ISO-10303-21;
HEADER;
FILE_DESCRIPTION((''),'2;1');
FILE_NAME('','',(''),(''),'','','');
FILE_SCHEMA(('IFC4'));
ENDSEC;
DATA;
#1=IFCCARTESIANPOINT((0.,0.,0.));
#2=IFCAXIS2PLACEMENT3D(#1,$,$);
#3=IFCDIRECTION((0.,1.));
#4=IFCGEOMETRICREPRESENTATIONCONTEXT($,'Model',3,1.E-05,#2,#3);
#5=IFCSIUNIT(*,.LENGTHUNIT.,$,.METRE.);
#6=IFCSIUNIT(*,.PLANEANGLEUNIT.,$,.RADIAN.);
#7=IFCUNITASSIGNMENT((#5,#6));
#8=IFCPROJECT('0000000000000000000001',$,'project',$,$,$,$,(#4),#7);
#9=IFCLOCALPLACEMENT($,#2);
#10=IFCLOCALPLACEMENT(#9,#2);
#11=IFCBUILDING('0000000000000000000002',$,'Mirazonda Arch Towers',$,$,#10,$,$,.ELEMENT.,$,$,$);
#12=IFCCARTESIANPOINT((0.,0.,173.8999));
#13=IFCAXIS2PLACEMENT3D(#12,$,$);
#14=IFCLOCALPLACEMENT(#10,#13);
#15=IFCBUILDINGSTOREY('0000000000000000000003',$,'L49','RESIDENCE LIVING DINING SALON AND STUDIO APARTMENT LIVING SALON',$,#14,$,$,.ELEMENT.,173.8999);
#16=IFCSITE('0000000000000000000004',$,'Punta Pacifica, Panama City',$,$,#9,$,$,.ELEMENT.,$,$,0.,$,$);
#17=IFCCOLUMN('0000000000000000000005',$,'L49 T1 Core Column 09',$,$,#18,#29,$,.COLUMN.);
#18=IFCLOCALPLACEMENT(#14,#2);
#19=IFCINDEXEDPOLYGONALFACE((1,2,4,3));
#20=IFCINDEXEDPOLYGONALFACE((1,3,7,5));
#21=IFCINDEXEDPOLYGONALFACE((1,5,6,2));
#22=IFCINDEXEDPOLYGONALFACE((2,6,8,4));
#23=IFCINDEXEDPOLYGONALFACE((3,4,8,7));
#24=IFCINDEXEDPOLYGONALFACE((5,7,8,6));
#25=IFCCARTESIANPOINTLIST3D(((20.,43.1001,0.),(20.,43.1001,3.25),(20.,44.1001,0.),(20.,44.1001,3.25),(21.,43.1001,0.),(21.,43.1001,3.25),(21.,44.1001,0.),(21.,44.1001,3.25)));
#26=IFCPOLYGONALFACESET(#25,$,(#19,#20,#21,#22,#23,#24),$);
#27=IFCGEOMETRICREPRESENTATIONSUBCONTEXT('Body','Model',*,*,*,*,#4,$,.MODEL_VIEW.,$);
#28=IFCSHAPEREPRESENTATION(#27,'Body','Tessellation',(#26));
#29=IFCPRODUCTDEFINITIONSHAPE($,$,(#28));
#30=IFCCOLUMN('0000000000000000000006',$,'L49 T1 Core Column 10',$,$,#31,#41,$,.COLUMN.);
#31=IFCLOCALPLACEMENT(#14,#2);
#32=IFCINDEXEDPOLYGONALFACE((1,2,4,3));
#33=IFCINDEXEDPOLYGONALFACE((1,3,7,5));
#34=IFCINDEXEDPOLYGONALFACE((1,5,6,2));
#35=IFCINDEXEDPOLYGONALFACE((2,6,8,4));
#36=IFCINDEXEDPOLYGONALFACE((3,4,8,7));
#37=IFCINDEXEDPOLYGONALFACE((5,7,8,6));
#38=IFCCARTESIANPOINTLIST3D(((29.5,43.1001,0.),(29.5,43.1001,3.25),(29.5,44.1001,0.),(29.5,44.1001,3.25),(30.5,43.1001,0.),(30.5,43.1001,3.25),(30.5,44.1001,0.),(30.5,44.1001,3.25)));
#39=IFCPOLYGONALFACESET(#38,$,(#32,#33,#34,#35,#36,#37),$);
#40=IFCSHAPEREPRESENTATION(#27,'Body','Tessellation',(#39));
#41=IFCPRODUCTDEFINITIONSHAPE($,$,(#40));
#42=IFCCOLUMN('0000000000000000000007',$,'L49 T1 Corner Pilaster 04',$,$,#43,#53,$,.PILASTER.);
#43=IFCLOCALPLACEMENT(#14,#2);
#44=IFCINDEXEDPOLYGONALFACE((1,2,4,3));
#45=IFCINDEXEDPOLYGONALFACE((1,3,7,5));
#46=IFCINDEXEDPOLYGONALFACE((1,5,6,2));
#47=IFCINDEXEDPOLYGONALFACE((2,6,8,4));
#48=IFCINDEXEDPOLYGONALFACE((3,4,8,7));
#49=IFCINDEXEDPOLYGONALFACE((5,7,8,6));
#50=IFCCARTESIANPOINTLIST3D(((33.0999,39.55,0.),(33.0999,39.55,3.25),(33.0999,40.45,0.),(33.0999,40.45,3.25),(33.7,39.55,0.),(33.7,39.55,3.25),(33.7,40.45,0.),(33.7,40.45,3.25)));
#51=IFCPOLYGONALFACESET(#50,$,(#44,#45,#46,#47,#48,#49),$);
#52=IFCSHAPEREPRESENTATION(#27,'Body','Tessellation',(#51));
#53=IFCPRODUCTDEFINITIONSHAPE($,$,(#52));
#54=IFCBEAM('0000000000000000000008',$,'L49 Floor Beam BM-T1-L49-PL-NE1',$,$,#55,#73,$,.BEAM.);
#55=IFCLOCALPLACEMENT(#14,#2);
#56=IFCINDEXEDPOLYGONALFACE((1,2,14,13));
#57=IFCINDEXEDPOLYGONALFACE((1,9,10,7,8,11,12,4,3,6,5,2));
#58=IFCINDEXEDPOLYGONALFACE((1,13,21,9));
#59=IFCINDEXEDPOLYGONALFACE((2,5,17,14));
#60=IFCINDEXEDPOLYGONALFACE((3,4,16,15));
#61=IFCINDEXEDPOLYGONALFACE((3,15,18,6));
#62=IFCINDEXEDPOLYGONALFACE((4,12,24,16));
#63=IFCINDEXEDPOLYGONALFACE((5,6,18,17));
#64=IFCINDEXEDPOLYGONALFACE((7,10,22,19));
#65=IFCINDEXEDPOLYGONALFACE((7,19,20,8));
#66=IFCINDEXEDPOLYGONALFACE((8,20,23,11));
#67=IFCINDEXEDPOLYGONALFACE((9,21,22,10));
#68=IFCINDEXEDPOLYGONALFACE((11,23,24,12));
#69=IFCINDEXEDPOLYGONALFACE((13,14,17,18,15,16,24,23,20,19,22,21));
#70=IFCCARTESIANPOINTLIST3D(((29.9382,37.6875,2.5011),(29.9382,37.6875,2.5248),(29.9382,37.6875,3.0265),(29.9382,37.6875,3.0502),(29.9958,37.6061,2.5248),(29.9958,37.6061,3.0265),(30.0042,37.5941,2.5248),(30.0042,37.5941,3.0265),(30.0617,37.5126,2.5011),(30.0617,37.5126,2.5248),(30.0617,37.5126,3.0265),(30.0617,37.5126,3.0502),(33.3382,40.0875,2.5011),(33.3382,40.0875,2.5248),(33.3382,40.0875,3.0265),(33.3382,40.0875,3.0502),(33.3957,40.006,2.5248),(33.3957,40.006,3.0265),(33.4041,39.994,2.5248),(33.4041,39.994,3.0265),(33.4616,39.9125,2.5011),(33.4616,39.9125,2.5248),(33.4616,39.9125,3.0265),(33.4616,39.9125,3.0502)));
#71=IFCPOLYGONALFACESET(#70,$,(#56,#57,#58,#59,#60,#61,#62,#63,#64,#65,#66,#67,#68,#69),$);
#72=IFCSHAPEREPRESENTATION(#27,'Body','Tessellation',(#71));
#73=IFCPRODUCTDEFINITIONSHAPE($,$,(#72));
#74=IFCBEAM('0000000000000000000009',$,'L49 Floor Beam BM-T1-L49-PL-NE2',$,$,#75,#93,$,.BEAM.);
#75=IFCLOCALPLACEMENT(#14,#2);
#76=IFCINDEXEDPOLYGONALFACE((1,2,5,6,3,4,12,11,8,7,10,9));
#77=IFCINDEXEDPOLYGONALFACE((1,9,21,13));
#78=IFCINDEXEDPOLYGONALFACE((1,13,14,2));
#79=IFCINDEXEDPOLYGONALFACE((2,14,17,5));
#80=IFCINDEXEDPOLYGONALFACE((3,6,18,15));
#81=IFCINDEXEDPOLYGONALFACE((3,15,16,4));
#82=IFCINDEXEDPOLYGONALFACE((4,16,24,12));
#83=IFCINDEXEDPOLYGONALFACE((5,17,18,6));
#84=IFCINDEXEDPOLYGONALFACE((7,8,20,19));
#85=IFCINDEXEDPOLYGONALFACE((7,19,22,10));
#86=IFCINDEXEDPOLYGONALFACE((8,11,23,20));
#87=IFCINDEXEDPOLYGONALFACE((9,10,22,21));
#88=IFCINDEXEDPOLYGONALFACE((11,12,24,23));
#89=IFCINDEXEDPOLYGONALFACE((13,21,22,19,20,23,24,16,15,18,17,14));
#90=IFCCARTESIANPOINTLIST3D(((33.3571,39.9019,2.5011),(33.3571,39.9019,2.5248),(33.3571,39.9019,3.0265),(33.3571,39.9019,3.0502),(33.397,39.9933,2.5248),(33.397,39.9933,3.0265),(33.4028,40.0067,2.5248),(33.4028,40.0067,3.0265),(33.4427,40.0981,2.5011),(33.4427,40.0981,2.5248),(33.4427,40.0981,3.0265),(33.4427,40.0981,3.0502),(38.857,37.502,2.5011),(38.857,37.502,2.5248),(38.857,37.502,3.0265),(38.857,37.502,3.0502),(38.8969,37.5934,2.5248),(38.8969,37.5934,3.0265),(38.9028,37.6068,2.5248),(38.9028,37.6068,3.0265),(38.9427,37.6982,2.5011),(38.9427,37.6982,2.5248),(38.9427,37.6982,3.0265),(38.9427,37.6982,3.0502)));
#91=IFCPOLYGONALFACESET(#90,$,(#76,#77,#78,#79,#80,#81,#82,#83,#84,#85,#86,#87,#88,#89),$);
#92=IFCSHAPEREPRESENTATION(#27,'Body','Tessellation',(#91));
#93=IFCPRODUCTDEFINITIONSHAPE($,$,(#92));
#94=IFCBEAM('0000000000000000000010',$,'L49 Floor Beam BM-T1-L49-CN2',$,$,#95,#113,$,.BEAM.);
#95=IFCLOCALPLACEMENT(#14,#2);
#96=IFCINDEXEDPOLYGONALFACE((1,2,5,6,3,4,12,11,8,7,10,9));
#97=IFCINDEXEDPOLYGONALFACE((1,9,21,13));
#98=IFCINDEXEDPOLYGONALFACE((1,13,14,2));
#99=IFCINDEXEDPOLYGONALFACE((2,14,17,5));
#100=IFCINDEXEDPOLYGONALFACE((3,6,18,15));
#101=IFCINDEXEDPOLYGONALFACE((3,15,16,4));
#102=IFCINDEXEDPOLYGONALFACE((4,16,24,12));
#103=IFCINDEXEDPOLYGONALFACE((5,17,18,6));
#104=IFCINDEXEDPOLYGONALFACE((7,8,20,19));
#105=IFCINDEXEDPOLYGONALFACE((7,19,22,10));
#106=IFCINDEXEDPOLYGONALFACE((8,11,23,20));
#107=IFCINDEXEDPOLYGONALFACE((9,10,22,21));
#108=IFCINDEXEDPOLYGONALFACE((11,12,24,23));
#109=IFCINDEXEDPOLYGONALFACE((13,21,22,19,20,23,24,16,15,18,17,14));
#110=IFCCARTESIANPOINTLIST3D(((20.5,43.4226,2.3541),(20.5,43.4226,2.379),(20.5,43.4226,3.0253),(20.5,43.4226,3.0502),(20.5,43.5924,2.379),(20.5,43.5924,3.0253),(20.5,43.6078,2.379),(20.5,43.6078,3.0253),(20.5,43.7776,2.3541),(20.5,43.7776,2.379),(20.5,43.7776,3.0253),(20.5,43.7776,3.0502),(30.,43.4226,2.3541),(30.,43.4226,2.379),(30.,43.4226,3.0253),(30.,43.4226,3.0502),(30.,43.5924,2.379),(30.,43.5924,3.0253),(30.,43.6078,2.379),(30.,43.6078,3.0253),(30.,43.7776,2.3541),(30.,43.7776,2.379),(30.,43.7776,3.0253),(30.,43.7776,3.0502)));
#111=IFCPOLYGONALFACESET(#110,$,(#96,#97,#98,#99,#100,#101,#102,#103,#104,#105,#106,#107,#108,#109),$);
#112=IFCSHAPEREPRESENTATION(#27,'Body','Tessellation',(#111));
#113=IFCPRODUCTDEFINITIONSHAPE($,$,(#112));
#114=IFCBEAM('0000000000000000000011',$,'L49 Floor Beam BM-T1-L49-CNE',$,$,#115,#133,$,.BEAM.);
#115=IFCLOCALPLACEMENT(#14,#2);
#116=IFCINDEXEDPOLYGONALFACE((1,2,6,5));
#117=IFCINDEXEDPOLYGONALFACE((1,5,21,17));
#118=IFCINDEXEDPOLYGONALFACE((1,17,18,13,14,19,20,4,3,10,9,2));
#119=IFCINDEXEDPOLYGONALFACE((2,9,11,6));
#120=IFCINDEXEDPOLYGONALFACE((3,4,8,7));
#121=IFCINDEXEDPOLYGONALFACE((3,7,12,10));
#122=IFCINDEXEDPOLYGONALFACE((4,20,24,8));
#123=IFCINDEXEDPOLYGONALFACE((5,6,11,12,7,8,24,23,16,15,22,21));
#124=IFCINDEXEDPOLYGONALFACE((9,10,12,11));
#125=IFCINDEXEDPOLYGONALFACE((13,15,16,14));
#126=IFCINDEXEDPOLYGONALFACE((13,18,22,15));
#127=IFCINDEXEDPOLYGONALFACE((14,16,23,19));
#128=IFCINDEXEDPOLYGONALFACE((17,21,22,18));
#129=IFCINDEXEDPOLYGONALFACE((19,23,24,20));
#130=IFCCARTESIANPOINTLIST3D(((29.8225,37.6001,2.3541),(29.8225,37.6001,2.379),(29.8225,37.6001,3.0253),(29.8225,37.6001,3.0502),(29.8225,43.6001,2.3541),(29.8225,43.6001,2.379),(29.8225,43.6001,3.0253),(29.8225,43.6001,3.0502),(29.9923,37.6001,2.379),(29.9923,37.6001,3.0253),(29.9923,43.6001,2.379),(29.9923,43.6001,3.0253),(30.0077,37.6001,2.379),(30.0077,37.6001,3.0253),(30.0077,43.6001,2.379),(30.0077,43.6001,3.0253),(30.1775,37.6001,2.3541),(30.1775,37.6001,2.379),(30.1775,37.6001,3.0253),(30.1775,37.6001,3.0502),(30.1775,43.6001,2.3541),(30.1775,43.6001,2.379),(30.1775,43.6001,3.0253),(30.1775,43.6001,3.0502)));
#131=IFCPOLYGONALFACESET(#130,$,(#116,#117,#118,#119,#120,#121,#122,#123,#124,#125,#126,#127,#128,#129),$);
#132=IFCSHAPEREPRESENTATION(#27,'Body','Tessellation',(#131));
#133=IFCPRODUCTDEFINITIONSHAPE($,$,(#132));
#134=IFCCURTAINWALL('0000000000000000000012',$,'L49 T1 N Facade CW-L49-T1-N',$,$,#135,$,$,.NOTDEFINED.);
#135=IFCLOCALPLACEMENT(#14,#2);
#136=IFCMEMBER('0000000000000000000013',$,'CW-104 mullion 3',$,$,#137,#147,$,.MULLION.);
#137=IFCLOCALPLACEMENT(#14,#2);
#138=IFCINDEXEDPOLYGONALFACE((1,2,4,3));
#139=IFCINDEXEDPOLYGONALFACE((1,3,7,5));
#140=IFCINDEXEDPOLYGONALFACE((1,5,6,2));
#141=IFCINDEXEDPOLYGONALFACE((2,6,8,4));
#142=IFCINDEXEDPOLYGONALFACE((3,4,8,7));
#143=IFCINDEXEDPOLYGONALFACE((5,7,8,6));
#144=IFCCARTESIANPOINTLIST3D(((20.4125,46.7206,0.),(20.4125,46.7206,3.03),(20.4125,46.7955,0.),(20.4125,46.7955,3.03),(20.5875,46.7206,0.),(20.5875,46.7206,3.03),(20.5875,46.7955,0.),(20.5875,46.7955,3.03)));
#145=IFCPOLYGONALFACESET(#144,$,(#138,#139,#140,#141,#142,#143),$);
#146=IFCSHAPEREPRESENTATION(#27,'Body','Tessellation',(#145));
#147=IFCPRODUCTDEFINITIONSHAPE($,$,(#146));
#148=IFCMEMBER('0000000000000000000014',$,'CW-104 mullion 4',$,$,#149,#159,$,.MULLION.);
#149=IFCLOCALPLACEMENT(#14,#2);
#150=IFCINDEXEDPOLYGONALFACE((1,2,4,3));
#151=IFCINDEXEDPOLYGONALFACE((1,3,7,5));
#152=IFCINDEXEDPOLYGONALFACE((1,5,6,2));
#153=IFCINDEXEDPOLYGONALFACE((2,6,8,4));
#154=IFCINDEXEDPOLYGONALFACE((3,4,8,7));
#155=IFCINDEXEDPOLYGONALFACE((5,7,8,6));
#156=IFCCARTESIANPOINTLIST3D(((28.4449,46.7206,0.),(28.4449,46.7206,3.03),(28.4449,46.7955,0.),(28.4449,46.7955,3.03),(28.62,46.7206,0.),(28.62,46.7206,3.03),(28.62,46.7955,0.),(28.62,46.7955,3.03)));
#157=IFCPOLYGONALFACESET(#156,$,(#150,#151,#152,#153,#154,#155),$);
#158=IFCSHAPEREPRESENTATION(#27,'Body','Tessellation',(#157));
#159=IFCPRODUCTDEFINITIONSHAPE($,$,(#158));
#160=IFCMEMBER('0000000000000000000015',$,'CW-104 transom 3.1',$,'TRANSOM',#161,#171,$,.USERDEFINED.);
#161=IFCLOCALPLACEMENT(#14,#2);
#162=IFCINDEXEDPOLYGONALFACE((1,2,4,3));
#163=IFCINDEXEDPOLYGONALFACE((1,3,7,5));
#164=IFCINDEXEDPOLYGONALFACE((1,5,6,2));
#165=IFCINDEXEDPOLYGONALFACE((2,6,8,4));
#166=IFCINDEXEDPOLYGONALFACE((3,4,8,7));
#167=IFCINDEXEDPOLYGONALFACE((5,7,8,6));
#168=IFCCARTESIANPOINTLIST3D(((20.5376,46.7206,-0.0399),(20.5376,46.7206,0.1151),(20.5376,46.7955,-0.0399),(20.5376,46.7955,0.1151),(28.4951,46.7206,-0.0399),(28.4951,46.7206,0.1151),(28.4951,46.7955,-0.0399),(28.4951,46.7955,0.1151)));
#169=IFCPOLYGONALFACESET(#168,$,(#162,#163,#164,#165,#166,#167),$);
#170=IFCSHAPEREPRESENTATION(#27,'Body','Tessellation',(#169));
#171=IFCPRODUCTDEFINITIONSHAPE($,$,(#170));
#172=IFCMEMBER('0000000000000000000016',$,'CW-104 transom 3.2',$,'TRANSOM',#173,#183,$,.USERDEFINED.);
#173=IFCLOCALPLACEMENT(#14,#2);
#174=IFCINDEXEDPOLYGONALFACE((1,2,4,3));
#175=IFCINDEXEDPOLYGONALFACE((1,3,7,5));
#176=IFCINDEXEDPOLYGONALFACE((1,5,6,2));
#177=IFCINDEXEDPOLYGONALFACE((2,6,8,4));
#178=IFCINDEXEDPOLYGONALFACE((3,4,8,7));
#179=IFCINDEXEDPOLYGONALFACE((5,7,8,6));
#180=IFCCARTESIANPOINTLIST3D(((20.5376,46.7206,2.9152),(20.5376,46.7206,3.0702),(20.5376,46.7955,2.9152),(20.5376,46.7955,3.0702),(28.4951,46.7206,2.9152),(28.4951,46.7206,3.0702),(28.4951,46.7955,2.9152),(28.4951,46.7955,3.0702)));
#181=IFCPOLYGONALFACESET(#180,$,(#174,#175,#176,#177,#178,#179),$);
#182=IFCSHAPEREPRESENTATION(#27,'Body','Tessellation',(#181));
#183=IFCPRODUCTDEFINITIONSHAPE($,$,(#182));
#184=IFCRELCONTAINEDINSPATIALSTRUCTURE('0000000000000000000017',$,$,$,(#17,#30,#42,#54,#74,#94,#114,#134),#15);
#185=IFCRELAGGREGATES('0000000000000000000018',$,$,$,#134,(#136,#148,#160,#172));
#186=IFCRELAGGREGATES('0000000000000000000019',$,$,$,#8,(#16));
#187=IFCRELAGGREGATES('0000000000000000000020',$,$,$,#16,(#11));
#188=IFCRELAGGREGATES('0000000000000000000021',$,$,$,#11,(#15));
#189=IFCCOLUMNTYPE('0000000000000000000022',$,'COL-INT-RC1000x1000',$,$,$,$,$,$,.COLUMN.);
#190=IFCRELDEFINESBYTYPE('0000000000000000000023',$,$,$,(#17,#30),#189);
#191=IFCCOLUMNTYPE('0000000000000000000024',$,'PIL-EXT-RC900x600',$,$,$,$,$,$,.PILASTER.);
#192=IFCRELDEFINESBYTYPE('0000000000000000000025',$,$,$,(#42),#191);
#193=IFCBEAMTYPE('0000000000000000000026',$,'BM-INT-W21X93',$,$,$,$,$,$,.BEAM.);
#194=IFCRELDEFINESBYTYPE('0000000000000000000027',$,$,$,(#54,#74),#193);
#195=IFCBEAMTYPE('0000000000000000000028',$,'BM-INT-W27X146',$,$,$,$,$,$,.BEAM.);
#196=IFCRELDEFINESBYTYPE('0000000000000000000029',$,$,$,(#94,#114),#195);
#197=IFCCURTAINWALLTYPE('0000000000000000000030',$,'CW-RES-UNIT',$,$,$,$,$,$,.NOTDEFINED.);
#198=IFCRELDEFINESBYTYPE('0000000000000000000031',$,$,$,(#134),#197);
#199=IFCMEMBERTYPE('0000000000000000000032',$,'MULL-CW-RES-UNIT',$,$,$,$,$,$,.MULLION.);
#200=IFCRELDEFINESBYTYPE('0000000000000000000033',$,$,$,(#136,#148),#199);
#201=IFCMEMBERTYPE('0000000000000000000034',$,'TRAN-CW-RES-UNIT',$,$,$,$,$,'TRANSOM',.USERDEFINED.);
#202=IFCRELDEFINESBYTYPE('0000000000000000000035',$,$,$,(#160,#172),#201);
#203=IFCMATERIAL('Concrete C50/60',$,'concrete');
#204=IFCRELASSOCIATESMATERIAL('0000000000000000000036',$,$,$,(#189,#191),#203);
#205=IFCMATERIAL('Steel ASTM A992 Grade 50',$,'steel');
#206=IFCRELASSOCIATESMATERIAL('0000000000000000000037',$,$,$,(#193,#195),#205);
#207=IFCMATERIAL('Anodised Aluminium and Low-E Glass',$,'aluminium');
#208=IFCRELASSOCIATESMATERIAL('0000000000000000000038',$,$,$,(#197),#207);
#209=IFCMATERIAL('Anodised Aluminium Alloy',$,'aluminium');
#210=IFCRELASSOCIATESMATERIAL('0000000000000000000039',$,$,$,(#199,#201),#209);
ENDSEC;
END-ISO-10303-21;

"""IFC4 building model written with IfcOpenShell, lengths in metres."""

from ifc_helpers import new_model, si_unit, direction, frame, origin, origin_2d, place, context, subcontext, project, spatial, rectangle, i_section, extrude, material, material_profile, profile_set, type_object, element, aggregate, save


model = new_model("IFC4")

# Units and contexts
model_context = context("Model", 3, precision=1e-05, world=origin(), true_north=direction((0.0, 1.0)))
body_context = subcontext(model_context, "Body", "Model", "MODEL_VIEW")
ifc_project = project(units=[si_unit("LENGTHUNIT", "METRE"), si_unit("PLANEANGLEUNIT", "RADIAN")], contexts=[model_context])

# Site, building, storey
site_placement = place(None, origin())
site = spatial("IfcSite", under=ifc_project, at=site_placement, Name="Punta Pacifica, Panama City", CompositionType="ELEMENT", RefElevation=0.0)
building_placement = place(site_placement, origin())
building = spatial("IfcBuilding", under=site, at=building_placement, Name="Mirazonda Arch Towers", CompositionType="ELEMENT")
storey_placement = place(building_placement, frame((0.0, 0.0, 173.8999)))
storey = spatial("IfcBuildingStorey", under=building, at=storey_placement, Name="L49", Description="RESIDENCE LIVING DINING SALON AND STUDIO APARTMENT LIVING SALON", CompositionType="ELEMENT", Elevation=173.8999)

# Columns
ifc_material_1 = material(Name="Concrete C50/60", Category="concrete")
ifc_material_profile_1 = material_profile(ifc_material_1, rectangle(XDim=1.0, YDim=1.0, at=origin_2d()), Name="RC1000x1000")
ifc_profile_set_1 = profile_set([ifc_material_profile_1], Name="Concrete C50/60")
column_type_1 = type_object("IfcColumnType", Name="COL-INT-RC1000x1000", PredefinedType="COLUMN", material=ifc_profile_set_1)
for number, where, z_axis, x_axis, name in (
    (1, (20.5, 43.6001, 0.0), (0.0, 0.0, 1.0), (1.0, 0.0, 0.0), "L49 T1 Core Column 09"),
    (2, (30.0, 43.6001, 0.0), (0.0, 0.0, 1.0), (1.0, 0.0, 0.0), "L49 T1 Core Column 10"),
):
    element("IfcColumn", number, at=place(storey_placement, frame(where, z_axis=z_axis, x_axis=x_axis)), inside=storey, type_object=column_type_1, Name=name, PredefinedType="COLUMN", context=body_context, shape_type="SweptSolid", body=[
        extrude(rectangle(XDim=1.0, YDim=1.0, at=origin_2d()), origin(), (0.0, 0.0, 1.0), 3.25),
    ])
ifc_material_profile_2 = material_profile(ifc_material_1, rectangle(XDim=0.6001, YDim=0.8999, at=origin_2d()), Name="RC900x600")
ifc_profile_set_2 = profile_set([ifc_material_profile_2], Name="Concrete C50/60")
column_type_2 = type_object("IfcColumnType", Name="PIL-EXT-RC900x600", PredefinedType="PILASTER", material=ifc_profile_set_2)
column_placement = place(storey_placement, frame((33.3999, 40.0, 0.0), z_axis=(0.0, 0.0, 1.0), x_axis=(1.0, 0.0, 0.0)))
element("IfcColumn", 3, at=column_placement, inside=storey, type_object=column_type_2, Name="L49 T1 Corner Pilaster 04", PredefinedType="PILASTER", context=body_context, shape_type="SweptSolid", body=[
    extrude(rectangle(XDim=0.6001, YDim=0.8999, at=origin_2d()), origin(), (0.0, 0.0, 1.0), 3.25),
])

# Beams
ifc_material_2 = material(Name="Steel ASTM A992 Grade 50", Category="steel")
ifc_material_profile_3 = material_profile(ifc_material_2, i_section(OverallWidth=0.2141, OverallDepth=0.5491, WebThickness=0.0146, FlangeThickness=0.0237, at=origin_2d()), Name="W21X93")
ifc_profile_set_3 = profile_set([ifc_material_profile_3], Name="Steel ASTM A992 Grade 50")
beam_type_1 = type_object("IfcBeamType", Name="BM-INT-W21X93", PredefinedType="BEAM", material=ifc_profile_set_3)
beam_1_placement = place(storey_placement, frame((33.3999, 40.0, 2.7756), z_axis=(-0.816971, -0.576679, 0.0), x_axis=(0.576679, -0.816971, 0.0)))
element("IfcBeam", 4, at=beam_1_placement, inside=storey, type_object=beam_type_1, Name="L49 Floor Beam BM-T1-L49-PL-NE1", PredefinedType="BEAM", context=body_context, shape_type="SweptSolid", body=[
    extrude(i_section(OverallWidth=0.2141, OverallDepth=0.5491, WebThickness=0.0146, FlangeThickness=0.0237, at=origin_2d()), origin(), (0.0, 0.0, 1.0), 4.1616),
])
beam_2_placement = place(storey_placement, frame((33.3999, 40.0, 2.7756), z_axis=(0.916545, -0.399931, 0.0), x_axis=(0.399931, 0.916545, 0.0)))
element("IfcBeam", 5, at=beam_2_placement, inside=storey, type_object=beam_type_1, Name="L49 Floor Beam BM-T1-L49-PL-NE2", PredefinedType="BEAM", context=body_context, shape_type="SweptSolid", body=[
    extrude(i_section(OverallWidth=0.2141, OverallDepth=0.5491, WebThickness=0.0146, FlangeThickness=0.0237, at=origin_2d()), origin(), (0.0, 0.0, 1.0), 6.0007),
])
ifc_material_profile_4 = material_profile(ifc_material_2, i_section(OverallWidth=0.355, OverallDepth=0.696, WebThickness=0.0154, FlangeThickness=0.0249, at=origin_2d()), Name="W27X146")
ifc_profile_set_4 = profile_set([ifc_material_profile_4], Name="Steel ASTM A992 Grade 50")
beam_type_2 = type_object("IfcBeamType", Name="BM-INT-W27X146", PredefinedType="BEAM", material=ifc_profile_set_4)
beam_3_placement = place(storey_placement, frame((20.5, 43.6001, 2.7021), z_axis=(1.0, 0.0, 0.0), x_axis=(0.0, 1.0, 0.0)))
element("IfcBeam", 6, at=beam_3_placement, inside=storey, type_object=beam_type_2, Name="L49 Floor Beam BM-T1-L49-CN2", PredefinedType="BEAM", context=body_context, shape_type="SweptSolid", body=[
    extrude(i_section(OverallWidth=0.355, OverallDepth=0.696, WebThickness=0.0154, FlangeThickness=0.0249, at=origin_2d()), origin(), (0.0, 0.0, 1.0), 9.5),
])
beam_4_placement = place(storey_placement, frame((30.0, 37.6001, 2.7021), z_axis=(0.0, 1.0, 0.0), x_axis=(-1.0, 0.0, 0.0)))
element("IfcBeam", 7, at=beam_4_placement, inside=storey, type_object=beam_type_2, Name="L49 Floor Beam BM-T1-L49-CNE", PredefinedType="BEAM", context=body_context, shape_type="SweptSolid", body=[
    extrude(i_section(OverallWidth=0.355, OverallDepth=0.696, WebThickness=0.0154, FlangeThickness=0.0249, at=origin_2d()), origin(), (0.0, 0.0, 1.0), 6.0),
])

# Curtain wall, members
ifc_material_3 = material(Name="Anodised Aluminium and Low-E Glass", Category="aluminium")
curtain_wall_type = type_object("IfcCurtainWallType", Name="CW-RES-UNIT", PredefinedType="NOTDEFINED", material=ifc_material_3)
curtain_wall_placement = place(storey_placement, origin())
curtain_wall = element("IfcCurtainWall", 8, at=curtain_wall_placement, inside=storey, type_object=curtain_wall_type, Name="L49 T1 N Facade CW-L49-T1-N", PredefinedType="NOTDEFINED")
ifc_material_4 = material(Name="Anodised Aluminium Alloy", Category="aluminium")
ifc_material_profile_5 = material_profile(ifc_material_4, rectangle(XDim=0.075, YDim=0.175, at=origin_2d()), Name="ALU-MULL-75x175")
ifc_profile_set_5 = profile_set([ifc_material_profile_5], Name="Anodised Aluminium Alloy")
member_type_1 = type_object("IfcMemberType", Name="MULL-CW-RES-UNIT", PredefinedType="MULLION", material=ifc_profile_set_5)
member_1_placement = place(storey_placement, frame((20.5, 46.7581, 0.0), z_axis=(0.0, 0.0, 1.0), x_axis=(0.0, 1.0, 0.0)))
member_1 = element("IfcMember", 9, at=member_1_placement, type_object=member_type_1, Name="CW-104 mullion 3", PredefinedType="MULLION", context=body_context, shape_type="SweptSolid", body=[
    extrude(rectangle(XDim=0.075, YDim=0.175, at=origin_2d()), origin(), (0.0, 0.0, 1.0), 3.03),
])
member_2_placement = place(storey_placement, frame((28.5325, 46.7581, 0.0), z_axis=(0.0, 0.0, 1.0), x_axis=(0.0, 1.0, 0.0)))
member_2 = element("IfcMember", 10, at=member_2_placement, type_object=member_type_1, Name="CW-104 mullion 4", PredefinedType="MULLION", context=body_context, shape_type="SweptSolid", body=[
    extrude(rectangle(XDim=0.075, YDim=0.175, at=origin_2d()), origin(), (0.0, 0.0, 1.0), 3.03),
])
ifc_material_profile_6 = material_profile(ifc_material_4, rectangle(XDim=0.075, YDim=0.155, at=origin_2d()), Name="ALU-TRAN-75x155")
ifc_profile_set_6 = profile_set([ifc_material_profile_6], Name="Anodised Aluminium Alloy")
member_type_2 = type_object("IfcMemberType", Name="TRAN-CW-RES-UNIT", ElementType="TRANSOM", PredefinedType="USERDEFINED", material=ifc_profile_set_6)
member_3_placement = place(storey_placement, frame((20.5376, 46.7581, 0.0376), z_axis=(1.0, 0.0, 0.0), x_axis=(0.0, 1.0, 0.0)))
member_3 = element("IfcMember", 11, at=member_3_placement, type_object=member_type_2, Name="CW-104 transom 3.1", ObjectType="TRANSOM", PredefinedType="USERDEFINED", context=body_context, shape_type="SweptSolid", body=[
    extrude(rectangle(XDim=0.075, YDim=0.155, at=origin_2d()), origin(), (0.0, 0.0, 1.0), 7.9575),
])
member_4_placement = place(storey_placement, frame((20.5376, 46.7581, 2.9927), z_axis=(1.0, 0.0, 0.0), x_axis=(0.0, 1.0, 0.0)))
member_4 = element("IfcMember", 12, at=member_4_placement, type_object=member_type_2, Name="CW-104 transom 3.2", ObjectType="TRANSOM", PredefinedType="USERDEFINED", context=body_context, shape_type="SweptSolid", body=[
    extrude(rectangle(XDim=0.075, YDim=0.155, at=origin_2d()), origin(), (0.0, 0.0, 1.0), 7.9575),
])
aggregate(curtain_wall, [member_1, member_2, member_3, member_4])

save(model, "model.ifc")
